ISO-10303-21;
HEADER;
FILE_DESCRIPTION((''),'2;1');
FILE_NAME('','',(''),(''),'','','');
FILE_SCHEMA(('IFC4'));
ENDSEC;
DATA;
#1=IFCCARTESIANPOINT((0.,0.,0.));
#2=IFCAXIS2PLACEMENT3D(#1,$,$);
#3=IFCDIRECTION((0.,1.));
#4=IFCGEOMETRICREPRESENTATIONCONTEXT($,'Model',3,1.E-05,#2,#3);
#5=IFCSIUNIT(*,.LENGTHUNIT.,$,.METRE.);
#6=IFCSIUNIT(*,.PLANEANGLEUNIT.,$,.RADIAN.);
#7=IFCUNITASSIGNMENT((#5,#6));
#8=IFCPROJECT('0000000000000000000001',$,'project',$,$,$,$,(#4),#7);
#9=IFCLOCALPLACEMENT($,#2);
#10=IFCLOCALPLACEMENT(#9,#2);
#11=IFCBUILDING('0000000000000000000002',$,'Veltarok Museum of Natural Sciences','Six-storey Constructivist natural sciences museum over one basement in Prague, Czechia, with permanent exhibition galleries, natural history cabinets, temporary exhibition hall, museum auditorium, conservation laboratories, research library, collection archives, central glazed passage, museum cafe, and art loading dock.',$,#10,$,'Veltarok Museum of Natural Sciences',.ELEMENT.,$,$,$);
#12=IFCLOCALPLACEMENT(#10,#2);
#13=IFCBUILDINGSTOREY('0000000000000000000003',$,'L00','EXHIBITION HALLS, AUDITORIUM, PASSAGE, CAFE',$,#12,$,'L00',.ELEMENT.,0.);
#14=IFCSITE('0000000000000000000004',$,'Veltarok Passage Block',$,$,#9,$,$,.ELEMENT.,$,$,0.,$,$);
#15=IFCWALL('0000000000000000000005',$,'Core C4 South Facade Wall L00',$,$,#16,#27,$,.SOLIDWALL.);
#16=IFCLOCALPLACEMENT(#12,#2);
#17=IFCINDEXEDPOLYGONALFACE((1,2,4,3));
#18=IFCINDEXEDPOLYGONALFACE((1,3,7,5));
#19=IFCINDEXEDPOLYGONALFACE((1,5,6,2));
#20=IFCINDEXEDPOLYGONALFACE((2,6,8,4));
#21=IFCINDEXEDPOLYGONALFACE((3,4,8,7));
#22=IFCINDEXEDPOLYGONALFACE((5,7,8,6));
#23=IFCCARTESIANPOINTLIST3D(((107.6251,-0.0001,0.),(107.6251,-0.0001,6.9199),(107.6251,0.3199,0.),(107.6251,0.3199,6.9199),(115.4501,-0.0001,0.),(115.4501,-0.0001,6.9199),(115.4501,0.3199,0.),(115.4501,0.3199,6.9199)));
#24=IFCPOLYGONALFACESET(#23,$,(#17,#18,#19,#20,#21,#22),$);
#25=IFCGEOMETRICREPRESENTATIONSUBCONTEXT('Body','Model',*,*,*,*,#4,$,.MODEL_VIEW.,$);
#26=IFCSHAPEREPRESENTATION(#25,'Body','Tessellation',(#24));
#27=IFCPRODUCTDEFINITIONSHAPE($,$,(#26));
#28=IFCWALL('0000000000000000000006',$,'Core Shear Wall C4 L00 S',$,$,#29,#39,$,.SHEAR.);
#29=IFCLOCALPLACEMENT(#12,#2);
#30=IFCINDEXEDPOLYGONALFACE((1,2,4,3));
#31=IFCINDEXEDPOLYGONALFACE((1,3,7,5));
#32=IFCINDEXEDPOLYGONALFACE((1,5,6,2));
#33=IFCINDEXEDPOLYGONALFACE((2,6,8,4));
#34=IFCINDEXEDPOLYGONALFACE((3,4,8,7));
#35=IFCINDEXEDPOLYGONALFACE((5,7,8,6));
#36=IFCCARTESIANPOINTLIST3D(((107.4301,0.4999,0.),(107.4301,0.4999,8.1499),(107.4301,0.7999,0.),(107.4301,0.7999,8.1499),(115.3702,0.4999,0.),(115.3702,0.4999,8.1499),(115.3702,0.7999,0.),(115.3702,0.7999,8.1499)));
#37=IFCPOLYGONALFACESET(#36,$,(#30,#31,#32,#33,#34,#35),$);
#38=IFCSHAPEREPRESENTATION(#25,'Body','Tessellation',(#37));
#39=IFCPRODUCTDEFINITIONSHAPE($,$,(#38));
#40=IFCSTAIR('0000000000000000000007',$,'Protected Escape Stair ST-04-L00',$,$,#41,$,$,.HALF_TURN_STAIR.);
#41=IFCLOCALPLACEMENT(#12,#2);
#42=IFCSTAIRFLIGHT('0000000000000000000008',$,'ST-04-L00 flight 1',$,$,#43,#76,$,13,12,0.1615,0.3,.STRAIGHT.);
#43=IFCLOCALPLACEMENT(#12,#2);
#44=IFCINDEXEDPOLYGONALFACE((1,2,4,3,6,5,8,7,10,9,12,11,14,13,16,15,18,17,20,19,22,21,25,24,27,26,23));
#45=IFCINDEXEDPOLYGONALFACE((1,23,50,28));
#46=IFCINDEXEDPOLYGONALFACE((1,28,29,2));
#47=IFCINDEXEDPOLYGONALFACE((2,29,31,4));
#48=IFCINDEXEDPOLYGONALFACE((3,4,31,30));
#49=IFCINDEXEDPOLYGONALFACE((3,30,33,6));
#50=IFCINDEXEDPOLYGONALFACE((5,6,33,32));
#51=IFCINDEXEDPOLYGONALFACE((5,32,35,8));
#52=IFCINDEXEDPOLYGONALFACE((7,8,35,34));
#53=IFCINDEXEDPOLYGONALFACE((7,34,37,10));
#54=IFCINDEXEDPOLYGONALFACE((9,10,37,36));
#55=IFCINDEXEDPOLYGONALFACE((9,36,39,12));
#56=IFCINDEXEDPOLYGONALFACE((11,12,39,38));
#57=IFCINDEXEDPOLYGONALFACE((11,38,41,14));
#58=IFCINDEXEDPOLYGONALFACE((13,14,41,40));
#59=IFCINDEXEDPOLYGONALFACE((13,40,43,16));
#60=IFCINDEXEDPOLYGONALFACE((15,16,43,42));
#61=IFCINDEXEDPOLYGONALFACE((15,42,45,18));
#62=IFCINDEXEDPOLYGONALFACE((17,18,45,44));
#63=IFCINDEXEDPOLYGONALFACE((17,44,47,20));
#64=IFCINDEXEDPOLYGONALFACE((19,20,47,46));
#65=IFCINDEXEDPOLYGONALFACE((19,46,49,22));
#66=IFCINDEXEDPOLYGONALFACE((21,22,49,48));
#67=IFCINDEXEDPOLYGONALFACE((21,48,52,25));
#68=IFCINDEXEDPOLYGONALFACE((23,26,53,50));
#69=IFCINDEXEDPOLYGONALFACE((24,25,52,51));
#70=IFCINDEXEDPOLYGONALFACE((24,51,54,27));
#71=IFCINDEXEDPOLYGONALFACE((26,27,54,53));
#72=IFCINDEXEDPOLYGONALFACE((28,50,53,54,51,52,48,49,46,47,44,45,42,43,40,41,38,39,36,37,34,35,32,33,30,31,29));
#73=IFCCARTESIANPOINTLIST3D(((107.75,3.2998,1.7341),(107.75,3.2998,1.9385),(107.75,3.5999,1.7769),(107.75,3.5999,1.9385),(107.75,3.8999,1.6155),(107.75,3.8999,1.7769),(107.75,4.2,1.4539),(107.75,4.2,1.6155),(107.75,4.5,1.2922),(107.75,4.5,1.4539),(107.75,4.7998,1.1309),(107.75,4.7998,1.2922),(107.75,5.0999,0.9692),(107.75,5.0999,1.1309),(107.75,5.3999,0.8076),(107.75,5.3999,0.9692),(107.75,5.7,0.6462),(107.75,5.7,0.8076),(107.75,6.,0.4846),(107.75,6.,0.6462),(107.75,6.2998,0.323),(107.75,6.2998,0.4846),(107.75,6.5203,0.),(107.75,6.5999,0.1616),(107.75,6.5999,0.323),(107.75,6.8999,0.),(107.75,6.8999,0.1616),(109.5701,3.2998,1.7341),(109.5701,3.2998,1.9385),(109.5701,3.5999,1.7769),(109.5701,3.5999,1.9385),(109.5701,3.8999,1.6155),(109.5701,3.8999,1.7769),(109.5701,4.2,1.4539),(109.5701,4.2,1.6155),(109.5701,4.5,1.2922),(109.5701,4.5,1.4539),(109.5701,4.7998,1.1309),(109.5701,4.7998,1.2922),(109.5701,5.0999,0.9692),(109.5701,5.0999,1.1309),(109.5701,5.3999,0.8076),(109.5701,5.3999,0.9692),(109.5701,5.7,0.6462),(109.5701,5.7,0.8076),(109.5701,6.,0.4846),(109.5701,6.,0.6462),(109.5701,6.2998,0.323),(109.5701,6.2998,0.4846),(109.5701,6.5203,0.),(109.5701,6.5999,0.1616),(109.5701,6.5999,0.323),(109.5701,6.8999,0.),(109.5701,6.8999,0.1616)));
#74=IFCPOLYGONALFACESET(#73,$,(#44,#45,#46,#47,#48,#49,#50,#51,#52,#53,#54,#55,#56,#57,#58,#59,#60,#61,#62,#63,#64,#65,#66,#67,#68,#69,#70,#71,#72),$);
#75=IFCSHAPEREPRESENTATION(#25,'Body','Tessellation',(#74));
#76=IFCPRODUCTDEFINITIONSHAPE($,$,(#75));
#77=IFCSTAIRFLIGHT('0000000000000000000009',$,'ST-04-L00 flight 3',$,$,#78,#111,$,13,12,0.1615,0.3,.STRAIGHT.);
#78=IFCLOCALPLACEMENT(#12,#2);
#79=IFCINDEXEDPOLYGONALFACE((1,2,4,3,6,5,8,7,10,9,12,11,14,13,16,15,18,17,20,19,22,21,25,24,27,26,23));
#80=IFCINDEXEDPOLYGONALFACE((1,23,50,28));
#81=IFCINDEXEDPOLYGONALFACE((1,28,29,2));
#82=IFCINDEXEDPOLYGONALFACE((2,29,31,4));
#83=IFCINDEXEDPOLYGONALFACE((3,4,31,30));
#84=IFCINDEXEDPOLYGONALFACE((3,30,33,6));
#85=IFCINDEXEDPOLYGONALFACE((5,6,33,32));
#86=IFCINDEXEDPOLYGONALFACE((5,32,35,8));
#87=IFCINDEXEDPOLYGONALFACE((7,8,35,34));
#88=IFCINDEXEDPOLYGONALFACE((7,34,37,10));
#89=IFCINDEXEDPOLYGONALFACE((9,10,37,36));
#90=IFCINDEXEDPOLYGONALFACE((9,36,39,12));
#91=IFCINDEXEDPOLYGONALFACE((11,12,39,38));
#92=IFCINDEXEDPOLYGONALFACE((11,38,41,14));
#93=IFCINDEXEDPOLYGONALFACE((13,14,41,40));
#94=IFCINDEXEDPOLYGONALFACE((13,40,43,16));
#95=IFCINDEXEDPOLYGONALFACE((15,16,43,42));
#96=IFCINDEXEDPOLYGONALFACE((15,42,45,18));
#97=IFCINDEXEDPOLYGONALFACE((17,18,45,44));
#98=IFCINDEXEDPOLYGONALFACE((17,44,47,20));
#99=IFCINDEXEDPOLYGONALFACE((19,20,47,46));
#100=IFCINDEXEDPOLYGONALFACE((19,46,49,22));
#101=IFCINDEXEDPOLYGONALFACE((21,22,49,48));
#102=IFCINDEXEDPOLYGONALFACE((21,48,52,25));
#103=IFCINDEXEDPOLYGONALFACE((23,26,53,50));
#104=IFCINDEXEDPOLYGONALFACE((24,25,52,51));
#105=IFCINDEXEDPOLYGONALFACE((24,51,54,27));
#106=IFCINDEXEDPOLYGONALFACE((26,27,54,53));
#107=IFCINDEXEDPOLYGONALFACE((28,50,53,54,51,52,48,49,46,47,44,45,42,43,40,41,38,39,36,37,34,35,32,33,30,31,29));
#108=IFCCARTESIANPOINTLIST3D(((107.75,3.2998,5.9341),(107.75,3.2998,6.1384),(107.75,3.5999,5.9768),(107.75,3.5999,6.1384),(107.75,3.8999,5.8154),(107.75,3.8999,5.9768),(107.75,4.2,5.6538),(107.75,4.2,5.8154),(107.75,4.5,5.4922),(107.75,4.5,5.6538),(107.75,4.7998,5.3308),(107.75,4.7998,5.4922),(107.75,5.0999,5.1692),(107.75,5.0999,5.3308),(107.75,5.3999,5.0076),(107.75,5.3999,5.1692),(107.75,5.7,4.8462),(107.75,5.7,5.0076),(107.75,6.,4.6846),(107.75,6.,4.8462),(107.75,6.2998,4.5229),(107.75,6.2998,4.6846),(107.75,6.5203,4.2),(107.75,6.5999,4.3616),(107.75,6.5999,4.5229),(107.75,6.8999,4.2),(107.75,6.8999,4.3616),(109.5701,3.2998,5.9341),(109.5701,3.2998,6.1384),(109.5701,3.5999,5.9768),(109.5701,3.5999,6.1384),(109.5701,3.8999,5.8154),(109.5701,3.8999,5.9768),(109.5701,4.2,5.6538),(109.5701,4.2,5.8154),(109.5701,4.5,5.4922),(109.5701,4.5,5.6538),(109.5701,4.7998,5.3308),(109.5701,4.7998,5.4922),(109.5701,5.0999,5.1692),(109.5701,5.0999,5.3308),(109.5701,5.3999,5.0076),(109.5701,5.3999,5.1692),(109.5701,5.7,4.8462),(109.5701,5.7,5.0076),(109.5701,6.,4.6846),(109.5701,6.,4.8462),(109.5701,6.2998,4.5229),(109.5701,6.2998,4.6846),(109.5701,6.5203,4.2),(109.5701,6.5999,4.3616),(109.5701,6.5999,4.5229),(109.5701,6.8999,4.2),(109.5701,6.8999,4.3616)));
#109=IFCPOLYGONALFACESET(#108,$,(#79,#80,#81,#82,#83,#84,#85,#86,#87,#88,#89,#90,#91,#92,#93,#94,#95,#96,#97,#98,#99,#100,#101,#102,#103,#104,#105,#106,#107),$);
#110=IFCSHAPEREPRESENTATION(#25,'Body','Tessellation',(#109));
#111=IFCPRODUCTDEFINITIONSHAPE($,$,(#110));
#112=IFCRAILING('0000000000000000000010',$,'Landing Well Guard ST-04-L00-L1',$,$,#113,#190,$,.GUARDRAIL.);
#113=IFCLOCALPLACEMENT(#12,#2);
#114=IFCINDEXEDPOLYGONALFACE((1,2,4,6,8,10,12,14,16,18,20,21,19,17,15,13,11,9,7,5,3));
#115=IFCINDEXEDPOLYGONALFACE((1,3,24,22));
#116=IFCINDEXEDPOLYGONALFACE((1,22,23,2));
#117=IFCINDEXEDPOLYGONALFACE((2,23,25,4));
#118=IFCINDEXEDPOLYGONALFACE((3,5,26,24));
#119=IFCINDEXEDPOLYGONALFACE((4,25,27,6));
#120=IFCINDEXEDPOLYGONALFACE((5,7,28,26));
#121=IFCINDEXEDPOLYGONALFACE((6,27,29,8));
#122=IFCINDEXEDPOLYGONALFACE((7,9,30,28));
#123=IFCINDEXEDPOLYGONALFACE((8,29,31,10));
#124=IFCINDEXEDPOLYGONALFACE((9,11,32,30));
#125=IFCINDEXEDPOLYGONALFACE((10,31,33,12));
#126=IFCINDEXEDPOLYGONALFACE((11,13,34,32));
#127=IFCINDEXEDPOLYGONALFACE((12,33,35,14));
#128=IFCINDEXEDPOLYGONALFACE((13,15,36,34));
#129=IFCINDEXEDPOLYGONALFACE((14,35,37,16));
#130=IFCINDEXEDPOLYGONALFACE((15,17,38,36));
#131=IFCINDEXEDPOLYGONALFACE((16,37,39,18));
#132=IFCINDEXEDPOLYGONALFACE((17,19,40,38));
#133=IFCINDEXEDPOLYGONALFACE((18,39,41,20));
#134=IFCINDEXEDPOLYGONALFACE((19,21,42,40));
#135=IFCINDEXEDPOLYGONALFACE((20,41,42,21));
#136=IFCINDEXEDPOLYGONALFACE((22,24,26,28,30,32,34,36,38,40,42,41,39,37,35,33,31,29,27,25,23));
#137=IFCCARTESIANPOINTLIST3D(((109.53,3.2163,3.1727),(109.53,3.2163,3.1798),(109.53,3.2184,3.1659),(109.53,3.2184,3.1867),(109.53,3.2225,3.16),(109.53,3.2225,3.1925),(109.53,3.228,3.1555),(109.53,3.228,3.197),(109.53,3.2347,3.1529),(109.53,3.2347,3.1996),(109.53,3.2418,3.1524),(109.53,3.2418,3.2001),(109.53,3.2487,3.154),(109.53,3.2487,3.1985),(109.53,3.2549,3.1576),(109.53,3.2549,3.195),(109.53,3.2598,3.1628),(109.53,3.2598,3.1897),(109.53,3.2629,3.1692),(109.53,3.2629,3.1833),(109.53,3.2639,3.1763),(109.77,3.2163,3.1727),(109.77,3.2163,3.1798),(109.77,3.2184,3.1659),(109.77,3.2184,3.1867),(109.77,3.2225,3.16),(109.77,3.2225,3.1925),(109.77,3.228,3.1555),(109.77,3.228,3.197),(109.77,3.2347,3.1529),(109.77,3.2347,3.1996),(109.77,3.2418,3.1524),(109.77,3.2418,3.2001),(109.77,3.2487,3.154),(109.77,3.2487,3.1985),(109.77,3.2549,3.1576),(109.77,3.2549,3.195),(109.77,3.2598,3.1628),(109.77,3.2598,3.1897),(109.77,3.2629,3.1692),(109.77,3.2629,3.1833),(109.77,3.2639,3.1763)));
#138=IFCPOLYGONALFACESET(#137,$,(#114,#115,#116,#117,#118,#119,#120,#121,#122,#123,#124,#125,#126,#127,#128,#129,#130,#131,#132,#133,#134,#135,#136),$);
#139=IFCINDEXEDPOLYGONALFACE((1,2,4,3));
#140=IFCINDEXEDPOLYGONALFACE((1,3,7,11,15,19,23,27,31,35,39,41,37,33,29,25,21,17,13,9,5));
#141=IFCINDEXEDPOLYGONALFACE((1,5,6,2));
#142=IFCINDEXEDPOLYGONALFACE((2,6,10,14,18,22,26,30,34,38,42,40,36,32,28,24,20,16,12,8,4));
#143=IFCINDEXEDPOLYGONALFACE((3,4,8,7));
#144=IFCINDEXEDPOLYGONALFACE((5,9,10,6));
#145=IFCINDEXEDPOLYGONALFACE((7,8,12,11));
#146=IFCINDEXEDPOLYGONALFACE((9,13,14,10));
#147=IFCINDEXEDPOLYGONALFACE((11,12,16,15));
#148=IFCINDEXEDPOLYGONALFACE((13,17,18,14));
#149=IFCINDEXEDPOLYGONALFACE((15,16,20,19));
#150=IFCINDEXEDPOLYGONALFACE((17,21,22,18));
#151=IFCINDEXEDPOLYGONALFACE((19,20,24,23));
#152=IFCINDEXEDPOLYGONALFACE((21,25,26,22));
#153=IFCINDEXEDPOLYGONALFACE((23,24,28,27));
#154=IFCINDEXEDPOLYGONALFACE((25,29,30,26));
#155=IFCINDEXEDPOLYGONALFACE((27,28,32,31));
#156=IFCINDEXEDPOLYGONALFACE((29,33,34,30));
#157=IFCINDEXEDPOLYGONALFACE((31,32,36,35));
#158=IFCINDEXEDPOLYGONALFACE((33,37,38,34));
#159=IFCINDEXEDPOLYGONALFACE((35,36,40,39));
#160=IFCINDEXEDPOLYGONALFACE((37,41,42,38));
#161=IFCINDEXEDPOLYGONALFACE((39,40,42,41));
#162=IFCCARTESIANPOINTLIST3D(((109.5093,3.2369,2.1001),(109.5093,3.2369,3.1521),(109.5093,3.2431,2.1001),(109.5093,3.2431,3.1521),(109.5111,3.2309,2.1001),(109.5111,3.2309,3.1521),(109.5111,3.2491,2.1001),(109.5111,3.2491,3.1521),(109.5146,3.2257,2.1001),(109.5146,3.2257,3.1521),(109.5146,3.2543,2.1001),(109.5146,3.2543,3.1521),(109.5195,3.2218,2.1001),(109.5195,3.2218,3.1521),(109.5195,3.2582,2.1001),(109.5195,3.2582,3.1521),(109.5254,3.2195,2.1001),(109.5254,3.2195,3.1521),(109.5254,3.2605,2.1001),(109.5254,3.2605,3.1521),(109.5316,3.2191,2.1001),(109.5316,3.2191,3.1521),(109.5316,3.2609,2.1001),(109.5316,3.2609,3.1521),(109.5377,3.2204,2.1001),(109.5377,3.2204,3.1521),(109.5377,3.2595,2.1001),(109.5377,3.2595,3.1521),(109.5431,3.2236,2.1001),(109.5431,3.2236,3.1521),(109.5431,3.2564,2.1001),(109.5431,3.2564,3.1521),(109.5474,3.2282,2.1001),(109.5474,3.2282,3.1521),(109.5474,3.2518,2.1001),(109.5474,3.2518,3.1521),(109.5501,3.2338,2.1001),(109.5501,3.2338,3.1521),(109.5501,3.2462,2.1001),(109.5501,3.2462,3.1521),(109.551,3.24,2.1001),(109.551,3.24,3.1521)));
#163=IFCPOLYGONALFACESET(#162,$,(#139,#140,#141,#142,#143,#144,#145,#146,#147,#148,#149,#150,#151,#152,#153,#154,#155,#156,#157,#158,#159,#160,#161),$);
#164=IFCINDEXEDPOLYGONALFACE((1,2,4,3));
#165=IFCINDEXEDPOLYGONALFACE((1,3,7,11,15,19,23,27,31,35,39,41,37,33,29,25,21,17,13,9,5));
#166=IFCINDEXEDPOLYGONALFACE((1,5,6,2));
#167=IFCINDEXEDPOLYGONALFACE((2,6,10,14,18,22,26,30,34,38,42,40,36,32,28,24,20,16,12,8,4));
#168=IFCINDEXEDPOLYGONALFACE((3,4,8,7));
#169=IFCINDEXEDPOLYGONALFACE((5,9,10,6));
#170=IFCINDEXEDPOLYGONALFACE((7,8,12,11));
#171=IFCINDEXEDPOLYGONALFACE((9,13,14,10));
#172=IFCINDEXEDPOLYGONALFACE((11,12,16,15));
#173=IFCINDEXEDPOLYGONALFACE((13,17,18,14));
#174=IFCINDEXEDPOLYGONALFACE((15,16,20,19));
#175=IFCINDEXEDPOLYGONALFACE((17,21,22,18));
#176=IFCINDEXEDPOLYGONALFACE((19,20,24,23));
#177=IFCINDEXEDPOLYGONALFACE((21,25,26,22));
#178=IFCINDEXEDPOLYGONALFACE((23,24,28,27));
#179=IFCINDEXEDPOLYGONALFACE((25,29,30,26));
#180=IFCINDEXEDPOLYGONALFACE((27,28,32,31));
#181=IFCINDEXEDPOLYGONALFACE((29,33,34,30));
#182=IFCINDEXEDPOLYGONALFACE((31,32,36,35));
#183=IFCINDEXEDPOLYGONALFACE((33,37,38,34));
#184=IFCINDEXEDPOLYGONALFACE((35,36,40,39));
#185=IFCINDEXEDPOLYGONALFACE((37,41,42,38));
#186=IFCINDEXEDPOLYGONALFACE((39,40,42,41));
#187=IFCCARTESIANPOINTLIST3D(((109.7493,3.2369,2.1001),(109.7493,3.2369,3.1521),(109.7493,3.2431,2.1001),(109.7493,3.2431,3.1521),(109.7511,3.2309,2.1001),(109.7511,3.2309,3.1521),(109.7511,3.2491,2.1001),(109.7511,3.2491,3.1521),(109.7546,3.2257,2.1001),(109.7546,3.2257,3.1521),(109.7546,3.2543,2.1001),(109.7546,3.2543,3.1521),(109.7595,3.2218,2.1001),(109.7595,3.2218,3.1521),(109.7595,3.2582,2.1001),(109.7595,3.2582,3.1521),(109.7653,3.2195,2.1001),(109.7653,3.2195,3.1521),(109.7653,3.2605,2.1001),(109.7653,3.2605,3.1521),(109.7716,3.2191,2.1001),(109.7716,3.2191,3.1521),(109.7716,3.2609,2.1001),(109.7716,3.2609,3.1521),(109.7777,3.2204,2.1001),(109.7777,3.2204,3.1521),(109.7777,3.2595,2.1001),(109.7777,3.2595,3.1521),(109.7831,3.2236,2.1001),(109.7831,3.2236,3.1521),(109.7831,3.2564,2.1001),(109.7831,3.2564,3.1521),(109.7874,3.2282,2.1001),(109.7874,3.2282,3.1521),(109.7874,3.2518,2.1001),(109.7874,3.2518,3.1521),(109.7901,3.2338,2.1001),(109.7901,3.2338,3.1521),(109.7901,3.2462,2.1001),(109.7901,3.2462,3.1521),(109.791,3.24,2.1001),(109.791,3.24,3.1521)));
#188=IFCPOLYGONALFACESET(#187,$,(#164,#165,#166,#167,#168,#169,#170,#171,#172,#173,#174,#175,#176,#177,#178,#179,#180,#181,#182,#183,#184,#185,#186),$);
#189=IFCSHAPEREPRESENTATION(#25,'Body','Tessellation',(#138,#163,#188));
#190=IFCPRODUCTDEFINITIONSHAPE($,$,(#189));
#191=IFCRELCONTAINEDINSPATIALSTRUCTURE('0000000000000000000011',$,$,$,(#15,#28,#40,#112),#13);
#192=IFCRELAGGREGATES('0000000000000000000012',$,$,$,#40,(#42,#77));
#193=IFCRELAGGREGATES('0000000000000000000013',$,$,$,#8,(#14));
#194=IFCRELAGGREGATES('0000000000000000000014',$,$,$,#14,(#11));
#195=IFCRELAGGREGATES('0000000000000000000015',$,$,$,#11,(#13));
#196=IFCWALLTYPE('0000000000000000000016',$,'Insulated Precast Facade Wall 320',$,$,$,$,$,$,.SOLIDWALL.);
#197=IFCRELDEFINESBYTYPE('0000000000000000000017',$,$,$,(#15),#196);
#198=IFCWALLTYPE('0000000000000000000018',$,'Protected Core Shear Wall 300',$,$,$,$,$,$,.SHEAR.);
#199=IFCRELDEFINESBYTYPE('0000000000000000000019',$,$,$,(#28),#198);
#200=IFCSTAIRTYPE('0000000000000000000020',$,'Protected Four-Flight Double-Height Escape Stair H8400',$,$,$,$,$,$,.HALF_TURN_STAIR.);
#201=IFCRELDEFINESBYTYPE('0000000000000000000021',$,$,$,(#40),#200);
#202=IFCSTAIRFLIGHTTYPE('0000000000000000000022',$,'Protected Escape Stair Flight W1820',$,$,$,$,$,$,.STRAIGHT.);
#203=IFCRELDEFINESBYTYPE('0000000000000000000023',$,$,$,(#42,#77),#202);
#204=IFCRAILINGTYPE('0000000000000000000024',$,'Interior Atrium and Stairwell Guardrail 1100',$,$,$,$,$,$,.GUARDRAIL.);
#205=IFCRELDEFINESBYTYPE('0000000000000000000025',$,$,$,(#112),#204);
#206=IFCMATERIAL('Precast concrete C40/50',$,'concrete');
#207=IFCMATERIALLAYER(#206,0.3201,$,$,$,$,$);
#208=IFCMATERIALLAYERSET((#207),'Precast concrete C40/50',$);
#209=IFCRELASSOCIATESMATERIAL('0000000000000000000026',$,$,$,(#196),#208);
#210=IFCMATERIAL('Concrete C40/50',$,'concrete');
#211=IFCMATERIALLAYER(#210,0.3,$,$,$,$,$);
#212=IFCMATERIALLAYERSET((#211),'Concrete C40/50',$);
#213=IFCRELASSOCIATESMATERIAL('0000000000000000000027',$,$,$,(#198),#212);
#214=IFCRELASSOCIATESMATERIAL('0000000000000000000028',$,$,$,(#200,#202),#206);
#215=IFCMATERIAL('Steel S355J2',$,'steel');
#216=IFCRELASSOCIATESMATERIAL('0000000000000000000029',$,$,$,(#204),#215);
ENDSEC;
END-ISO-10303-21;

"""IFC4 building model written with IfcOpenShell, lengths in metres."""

from ifc_helpers import new_model, si_unit, direction, frame, frame_2d, origin, origin_2d, place, context, subcontext, project, spatial, polyline, rectangle, circle, outline, extrude, material, layer, layer_set, type_object, element, aggregate, save


model = new_model("IFC4")

# Units and contexts
model_context = context("Model", 3, precision=1e-05, world=origin(), true_north=direction((0.0, 1.0)))
body_context = subcontext(model_context, "Body", "Model", "MODEL_VIEW")
ifc_project = project(units=[si_unit("LENGTHUNIT", "METRE"), si_unit("PLANEANGLEUNIT", "RADIAN")], contexts=[model_context])

# Site, building, storey
site_placement = place(None, origin())
site = spatial("IfcSite", under=ifc_project, at=site_placement, Name="Veltarok Passage Block", CompositionType="ELEMENT", RefElevation=0.0)
building_placement = place(site_placement, origin())
building = spatial("IfcBuilding", under=site, at=building_placement, Name="Veltarok Museum of Natural Sciences", Description="Six-storey Constructivist natural sciences museum over one basement in Prague, Czechia, with permanent exhibition galleries, natural history cabinets, temporary exhibition hall, museum auditorium, conservation laboratories, research library, collection archives, central glazed passage, museum cafe, and art loading dock.", LongName="Veltarok Museum of Natural Sciences", CompositionType="ELEMENT")
storey_placement = place(building_placement, origin())
storey = spatial("IfcBuildingStorey", under=building, at=storey_placement, Name="L00", Description="EXHIBITION HALLS, AUDITORIUM, PASSAGE, CAFE", LongName="L00", CompositionType="ELEMENT", Elevation=0.0)

# Shared definitions
ifc_material_1 = material(Name="Concrete C40/50", Category="concrete")

# Shared definitions
ifc_material_2 = material(Name="Precast concrete C40/50", Category="concrete")
ifc_material_3 = material(Name="Steel S355J2", Category="steel")

# Walls
ifc_layer_1 = layer(ifc_material_2, 0.3201)
ifc_layer_set_1 = layer_set([ifc_layer_1], Name="Precast concrete C40/50")
wall_type_1 = type_object("IfcWallType", Name="Insulated Precast Facade Wall 320", PredefinedType="SOLIDWALL", material=ifc_layer_set_1)
wall_1_placement = place(storey_placement, frame((107.625, 0.1599, 0.0), z_axis=(0.0, 0.0, 1.0), x_axis=(1.0, 0.0, 0.0)))
element("IfcWall", 1, at=wall_1_placement, inside=storey, type_object=wall_type_1, Name="Core C4 South Facade Wall L00", PredefinedType="SOLIDWALL", context=body_context, shape_type="SweptSolid", body=[
    extrude(rectangle(XDim=7.825, YDim=0.3201, at=frame_2d((3.9126, 0.0))), origin(), (0.0, 0.0, 1.0), 6.9199),
])
ifc_layer_2 = layer(ifc_material_1, 0.3)
ifc_layer_set_2 = layer_set([ifc_layer_2], Name="Concrete C40/50")
wall_type_2 = type_object("IfcWallType", Name="Protected Core Shear Wall 300", PredefinedType="SHEAR", material=ifc_layer_set_2)
wall_2_placement = place(storey_placement, frame((107.4299, 0.6499, 0.0), z_axis=(0.0, 0.0, 1.0), x_axis=(1.0, 0.0, 0.0)))
element("IfcWall", 2, at=wall_2_placement, inside=storey, type_object=wall_type_2, Name="Core Shear Wall C4 L00 S", PredefinedType="SHEAR", context=body_context, shape_type="SweptSolid", body=[
    extrude(rectangle(XDim=7.9402, YDim=0.3, at=frame_2d((3.9702, 0.0))), origin(), (0.0, 0.0, 1.0), 8.1499),
])

# Stair, stair flights
stair_type = type_object("IfcStairType", Name="Protected Four-Flight Double-Height Escape Stair H8400", PredefinedType="HALF_TURN_STAIR", material=ifc_material_2)
stair_placement = place(storey_placement, origin())
stair = element("IfcStair", 3, at=stair_placement, inside=storey, type_object=stair_type, Name="Protected Escape Stair ST-04-L00", PredefinedType="HALF_TURN_STAIR")
stair_flight_type = type_object("IfcStairFlightType", Name="Protected Escape Stair Flight W1820", PredefinedType="STRAIGHT", material=ifc_material_2)
stair_flight_1_placement = place(storey_placement, frame((108.6599, 6.8999, 0.0), z_axis=(0.0, 0.0, 1.0), x_axis=(0.0, -1.0, 0.0)))
stair_flight_1 = element("IfcStairFlight", 4, at=stair_flight_1_placement, type_object=stair_flight_type, Name="ST-04-L00 flight 1", NumberOfRisers=13, NumberOfTreads=12, PredefinedType="STRAIGHT", RiserHeight=0.1615, TreadLength=0.3, context=body_context, shape_type="SweptSolid", body=[
    extrude(outline(polyline([(0.0, 0.0), (0.0, 0.1616), (0.3, 0.1616), (0.3, 0.323), (0.6001, 0.323), (0.6001, 0.4846), (0.8999, 0.4846), (0.8999, 0.6462), (1.2, 0.6462), (1.2, 0.8076), (1.5, 0.8076), (1.5, 0.9692), (1.8, 0.9692), (1.8, 1.1309), (2.1001, 1.1309), (2.1001, 1.2922), (2.3999, 1.2922), (2.3999, 1.4539), (2.7, 1.4539), (2.7, 1.6155), (3.0, 1.6155), (3.0, 1.7769), (3.3, 1.7769), (3.3, 1.9385), (3.6001, 1.9385), (3.6001, 2.1001), (3.6001, 1.7341), (0.3796, 0.0), (0.0, 0.0)])), frame((0.0, 0.9102, 0.0), z_axis=(0.0, -1.0, 0.0), x_axis=(1.0, 0.0, 0.0)), (0.0, 0.0, 1.0), 1.8201),
])
stair_flight_2_placement = place(storey_placement, frame((108.6599, 6.8999, 4.2), z_axis=(0.0, 0.0, 1.0), x_axis=(0.0, -1.0, 0.0)))
stair_flight_2 = element("IfcStairFlight", 5, at=stair_flight_2_placement, type_object=stair_flight_type, Name="ST-04-L00 flight 3", NumberOfRisers=13, NumberOfTreads=12, PredefinedType="STRAIGHT", RiserHeight=0.1615, TreadLength=0.3, context=body_context, shape_type="SweptSolid", body=[
    extrude(outline(polyline([(0.0, 0.0), (0.0, 0.1616), (0.3, 0.1616), (0.3, 0.323), (0.6001, 0.323), (0.6001, 0.4846), (0.8999, 0.4846), (0.8999, 0.6462), (1.2, 0.6462), (1.2, 0.8076), (1.5, 0.8076), (1.5, 0.9692), (1.8, 0.9692), (1.8, 1.1309), (2.1001, 1.1309), (2.1001, 1.2922), (2.3999, 1.2922), (2.3999, 1.4539), (2.7, 1.4539), (2.7, 1.6155), (3.0, 1.6155), (3.0, 1.7769), (3.3, 1.7769), (3.3, 1.9385), (3.6001, 1.9385), (3.6001, 2.1001), (3.6001, 1.7341), (0.3796, 0.0), (0.0, 0.0)])), frame((0.0, 0.9102, 0.0), z_axis=(0.0, -1.0, 0.0), x_axis=(1.0, 0.0, 0.0)), (0.0, 0.0, 1.0), 1.8201),
])
aggregate(stair, [stair_flight_1, stair_flight_2])

# Railing
railing_type_1 = type_object("IfcRailingType", Name="Interior Atrium and Stairwell Guardrail 1100", PredefinedType="GUARDRAIL", material=ifc_material_3)
for number, where, name in (
    (6, (109.53, 3.24, 2.1001), "Landing Well Guard ST-04-L00-L1"),
):
    element("IfcRailing", number, at=place(storey_placement, frame(where)), inside=storey, type_object=railing_type_1, Name=name, PredefinedType="GUARDRAIL", context=body_context, shape_type="SweptSolid", body=[
        extrude(circle(Radius=0.0239, at=origin_2d()), frame((0.0, 0.0, 1.0762), z_axis=(1.0, 0.0, 0.0), x_axis=(0.0, 1.0, 0.0)), (0.0, 0.0, 1.0), 0.24),
        extrude(circle(Radius=0.021, at=origin_2d()), origin(), (0.0, 0.0, 1.0), 1.052),
        extrude(circle(Radius=0.021, at=origin_2d()), frame((0.24, 0.0, 0.0)), (0.0, 0.0, 1.0), 1.052),
    ])

save(model, "model.ifc")
